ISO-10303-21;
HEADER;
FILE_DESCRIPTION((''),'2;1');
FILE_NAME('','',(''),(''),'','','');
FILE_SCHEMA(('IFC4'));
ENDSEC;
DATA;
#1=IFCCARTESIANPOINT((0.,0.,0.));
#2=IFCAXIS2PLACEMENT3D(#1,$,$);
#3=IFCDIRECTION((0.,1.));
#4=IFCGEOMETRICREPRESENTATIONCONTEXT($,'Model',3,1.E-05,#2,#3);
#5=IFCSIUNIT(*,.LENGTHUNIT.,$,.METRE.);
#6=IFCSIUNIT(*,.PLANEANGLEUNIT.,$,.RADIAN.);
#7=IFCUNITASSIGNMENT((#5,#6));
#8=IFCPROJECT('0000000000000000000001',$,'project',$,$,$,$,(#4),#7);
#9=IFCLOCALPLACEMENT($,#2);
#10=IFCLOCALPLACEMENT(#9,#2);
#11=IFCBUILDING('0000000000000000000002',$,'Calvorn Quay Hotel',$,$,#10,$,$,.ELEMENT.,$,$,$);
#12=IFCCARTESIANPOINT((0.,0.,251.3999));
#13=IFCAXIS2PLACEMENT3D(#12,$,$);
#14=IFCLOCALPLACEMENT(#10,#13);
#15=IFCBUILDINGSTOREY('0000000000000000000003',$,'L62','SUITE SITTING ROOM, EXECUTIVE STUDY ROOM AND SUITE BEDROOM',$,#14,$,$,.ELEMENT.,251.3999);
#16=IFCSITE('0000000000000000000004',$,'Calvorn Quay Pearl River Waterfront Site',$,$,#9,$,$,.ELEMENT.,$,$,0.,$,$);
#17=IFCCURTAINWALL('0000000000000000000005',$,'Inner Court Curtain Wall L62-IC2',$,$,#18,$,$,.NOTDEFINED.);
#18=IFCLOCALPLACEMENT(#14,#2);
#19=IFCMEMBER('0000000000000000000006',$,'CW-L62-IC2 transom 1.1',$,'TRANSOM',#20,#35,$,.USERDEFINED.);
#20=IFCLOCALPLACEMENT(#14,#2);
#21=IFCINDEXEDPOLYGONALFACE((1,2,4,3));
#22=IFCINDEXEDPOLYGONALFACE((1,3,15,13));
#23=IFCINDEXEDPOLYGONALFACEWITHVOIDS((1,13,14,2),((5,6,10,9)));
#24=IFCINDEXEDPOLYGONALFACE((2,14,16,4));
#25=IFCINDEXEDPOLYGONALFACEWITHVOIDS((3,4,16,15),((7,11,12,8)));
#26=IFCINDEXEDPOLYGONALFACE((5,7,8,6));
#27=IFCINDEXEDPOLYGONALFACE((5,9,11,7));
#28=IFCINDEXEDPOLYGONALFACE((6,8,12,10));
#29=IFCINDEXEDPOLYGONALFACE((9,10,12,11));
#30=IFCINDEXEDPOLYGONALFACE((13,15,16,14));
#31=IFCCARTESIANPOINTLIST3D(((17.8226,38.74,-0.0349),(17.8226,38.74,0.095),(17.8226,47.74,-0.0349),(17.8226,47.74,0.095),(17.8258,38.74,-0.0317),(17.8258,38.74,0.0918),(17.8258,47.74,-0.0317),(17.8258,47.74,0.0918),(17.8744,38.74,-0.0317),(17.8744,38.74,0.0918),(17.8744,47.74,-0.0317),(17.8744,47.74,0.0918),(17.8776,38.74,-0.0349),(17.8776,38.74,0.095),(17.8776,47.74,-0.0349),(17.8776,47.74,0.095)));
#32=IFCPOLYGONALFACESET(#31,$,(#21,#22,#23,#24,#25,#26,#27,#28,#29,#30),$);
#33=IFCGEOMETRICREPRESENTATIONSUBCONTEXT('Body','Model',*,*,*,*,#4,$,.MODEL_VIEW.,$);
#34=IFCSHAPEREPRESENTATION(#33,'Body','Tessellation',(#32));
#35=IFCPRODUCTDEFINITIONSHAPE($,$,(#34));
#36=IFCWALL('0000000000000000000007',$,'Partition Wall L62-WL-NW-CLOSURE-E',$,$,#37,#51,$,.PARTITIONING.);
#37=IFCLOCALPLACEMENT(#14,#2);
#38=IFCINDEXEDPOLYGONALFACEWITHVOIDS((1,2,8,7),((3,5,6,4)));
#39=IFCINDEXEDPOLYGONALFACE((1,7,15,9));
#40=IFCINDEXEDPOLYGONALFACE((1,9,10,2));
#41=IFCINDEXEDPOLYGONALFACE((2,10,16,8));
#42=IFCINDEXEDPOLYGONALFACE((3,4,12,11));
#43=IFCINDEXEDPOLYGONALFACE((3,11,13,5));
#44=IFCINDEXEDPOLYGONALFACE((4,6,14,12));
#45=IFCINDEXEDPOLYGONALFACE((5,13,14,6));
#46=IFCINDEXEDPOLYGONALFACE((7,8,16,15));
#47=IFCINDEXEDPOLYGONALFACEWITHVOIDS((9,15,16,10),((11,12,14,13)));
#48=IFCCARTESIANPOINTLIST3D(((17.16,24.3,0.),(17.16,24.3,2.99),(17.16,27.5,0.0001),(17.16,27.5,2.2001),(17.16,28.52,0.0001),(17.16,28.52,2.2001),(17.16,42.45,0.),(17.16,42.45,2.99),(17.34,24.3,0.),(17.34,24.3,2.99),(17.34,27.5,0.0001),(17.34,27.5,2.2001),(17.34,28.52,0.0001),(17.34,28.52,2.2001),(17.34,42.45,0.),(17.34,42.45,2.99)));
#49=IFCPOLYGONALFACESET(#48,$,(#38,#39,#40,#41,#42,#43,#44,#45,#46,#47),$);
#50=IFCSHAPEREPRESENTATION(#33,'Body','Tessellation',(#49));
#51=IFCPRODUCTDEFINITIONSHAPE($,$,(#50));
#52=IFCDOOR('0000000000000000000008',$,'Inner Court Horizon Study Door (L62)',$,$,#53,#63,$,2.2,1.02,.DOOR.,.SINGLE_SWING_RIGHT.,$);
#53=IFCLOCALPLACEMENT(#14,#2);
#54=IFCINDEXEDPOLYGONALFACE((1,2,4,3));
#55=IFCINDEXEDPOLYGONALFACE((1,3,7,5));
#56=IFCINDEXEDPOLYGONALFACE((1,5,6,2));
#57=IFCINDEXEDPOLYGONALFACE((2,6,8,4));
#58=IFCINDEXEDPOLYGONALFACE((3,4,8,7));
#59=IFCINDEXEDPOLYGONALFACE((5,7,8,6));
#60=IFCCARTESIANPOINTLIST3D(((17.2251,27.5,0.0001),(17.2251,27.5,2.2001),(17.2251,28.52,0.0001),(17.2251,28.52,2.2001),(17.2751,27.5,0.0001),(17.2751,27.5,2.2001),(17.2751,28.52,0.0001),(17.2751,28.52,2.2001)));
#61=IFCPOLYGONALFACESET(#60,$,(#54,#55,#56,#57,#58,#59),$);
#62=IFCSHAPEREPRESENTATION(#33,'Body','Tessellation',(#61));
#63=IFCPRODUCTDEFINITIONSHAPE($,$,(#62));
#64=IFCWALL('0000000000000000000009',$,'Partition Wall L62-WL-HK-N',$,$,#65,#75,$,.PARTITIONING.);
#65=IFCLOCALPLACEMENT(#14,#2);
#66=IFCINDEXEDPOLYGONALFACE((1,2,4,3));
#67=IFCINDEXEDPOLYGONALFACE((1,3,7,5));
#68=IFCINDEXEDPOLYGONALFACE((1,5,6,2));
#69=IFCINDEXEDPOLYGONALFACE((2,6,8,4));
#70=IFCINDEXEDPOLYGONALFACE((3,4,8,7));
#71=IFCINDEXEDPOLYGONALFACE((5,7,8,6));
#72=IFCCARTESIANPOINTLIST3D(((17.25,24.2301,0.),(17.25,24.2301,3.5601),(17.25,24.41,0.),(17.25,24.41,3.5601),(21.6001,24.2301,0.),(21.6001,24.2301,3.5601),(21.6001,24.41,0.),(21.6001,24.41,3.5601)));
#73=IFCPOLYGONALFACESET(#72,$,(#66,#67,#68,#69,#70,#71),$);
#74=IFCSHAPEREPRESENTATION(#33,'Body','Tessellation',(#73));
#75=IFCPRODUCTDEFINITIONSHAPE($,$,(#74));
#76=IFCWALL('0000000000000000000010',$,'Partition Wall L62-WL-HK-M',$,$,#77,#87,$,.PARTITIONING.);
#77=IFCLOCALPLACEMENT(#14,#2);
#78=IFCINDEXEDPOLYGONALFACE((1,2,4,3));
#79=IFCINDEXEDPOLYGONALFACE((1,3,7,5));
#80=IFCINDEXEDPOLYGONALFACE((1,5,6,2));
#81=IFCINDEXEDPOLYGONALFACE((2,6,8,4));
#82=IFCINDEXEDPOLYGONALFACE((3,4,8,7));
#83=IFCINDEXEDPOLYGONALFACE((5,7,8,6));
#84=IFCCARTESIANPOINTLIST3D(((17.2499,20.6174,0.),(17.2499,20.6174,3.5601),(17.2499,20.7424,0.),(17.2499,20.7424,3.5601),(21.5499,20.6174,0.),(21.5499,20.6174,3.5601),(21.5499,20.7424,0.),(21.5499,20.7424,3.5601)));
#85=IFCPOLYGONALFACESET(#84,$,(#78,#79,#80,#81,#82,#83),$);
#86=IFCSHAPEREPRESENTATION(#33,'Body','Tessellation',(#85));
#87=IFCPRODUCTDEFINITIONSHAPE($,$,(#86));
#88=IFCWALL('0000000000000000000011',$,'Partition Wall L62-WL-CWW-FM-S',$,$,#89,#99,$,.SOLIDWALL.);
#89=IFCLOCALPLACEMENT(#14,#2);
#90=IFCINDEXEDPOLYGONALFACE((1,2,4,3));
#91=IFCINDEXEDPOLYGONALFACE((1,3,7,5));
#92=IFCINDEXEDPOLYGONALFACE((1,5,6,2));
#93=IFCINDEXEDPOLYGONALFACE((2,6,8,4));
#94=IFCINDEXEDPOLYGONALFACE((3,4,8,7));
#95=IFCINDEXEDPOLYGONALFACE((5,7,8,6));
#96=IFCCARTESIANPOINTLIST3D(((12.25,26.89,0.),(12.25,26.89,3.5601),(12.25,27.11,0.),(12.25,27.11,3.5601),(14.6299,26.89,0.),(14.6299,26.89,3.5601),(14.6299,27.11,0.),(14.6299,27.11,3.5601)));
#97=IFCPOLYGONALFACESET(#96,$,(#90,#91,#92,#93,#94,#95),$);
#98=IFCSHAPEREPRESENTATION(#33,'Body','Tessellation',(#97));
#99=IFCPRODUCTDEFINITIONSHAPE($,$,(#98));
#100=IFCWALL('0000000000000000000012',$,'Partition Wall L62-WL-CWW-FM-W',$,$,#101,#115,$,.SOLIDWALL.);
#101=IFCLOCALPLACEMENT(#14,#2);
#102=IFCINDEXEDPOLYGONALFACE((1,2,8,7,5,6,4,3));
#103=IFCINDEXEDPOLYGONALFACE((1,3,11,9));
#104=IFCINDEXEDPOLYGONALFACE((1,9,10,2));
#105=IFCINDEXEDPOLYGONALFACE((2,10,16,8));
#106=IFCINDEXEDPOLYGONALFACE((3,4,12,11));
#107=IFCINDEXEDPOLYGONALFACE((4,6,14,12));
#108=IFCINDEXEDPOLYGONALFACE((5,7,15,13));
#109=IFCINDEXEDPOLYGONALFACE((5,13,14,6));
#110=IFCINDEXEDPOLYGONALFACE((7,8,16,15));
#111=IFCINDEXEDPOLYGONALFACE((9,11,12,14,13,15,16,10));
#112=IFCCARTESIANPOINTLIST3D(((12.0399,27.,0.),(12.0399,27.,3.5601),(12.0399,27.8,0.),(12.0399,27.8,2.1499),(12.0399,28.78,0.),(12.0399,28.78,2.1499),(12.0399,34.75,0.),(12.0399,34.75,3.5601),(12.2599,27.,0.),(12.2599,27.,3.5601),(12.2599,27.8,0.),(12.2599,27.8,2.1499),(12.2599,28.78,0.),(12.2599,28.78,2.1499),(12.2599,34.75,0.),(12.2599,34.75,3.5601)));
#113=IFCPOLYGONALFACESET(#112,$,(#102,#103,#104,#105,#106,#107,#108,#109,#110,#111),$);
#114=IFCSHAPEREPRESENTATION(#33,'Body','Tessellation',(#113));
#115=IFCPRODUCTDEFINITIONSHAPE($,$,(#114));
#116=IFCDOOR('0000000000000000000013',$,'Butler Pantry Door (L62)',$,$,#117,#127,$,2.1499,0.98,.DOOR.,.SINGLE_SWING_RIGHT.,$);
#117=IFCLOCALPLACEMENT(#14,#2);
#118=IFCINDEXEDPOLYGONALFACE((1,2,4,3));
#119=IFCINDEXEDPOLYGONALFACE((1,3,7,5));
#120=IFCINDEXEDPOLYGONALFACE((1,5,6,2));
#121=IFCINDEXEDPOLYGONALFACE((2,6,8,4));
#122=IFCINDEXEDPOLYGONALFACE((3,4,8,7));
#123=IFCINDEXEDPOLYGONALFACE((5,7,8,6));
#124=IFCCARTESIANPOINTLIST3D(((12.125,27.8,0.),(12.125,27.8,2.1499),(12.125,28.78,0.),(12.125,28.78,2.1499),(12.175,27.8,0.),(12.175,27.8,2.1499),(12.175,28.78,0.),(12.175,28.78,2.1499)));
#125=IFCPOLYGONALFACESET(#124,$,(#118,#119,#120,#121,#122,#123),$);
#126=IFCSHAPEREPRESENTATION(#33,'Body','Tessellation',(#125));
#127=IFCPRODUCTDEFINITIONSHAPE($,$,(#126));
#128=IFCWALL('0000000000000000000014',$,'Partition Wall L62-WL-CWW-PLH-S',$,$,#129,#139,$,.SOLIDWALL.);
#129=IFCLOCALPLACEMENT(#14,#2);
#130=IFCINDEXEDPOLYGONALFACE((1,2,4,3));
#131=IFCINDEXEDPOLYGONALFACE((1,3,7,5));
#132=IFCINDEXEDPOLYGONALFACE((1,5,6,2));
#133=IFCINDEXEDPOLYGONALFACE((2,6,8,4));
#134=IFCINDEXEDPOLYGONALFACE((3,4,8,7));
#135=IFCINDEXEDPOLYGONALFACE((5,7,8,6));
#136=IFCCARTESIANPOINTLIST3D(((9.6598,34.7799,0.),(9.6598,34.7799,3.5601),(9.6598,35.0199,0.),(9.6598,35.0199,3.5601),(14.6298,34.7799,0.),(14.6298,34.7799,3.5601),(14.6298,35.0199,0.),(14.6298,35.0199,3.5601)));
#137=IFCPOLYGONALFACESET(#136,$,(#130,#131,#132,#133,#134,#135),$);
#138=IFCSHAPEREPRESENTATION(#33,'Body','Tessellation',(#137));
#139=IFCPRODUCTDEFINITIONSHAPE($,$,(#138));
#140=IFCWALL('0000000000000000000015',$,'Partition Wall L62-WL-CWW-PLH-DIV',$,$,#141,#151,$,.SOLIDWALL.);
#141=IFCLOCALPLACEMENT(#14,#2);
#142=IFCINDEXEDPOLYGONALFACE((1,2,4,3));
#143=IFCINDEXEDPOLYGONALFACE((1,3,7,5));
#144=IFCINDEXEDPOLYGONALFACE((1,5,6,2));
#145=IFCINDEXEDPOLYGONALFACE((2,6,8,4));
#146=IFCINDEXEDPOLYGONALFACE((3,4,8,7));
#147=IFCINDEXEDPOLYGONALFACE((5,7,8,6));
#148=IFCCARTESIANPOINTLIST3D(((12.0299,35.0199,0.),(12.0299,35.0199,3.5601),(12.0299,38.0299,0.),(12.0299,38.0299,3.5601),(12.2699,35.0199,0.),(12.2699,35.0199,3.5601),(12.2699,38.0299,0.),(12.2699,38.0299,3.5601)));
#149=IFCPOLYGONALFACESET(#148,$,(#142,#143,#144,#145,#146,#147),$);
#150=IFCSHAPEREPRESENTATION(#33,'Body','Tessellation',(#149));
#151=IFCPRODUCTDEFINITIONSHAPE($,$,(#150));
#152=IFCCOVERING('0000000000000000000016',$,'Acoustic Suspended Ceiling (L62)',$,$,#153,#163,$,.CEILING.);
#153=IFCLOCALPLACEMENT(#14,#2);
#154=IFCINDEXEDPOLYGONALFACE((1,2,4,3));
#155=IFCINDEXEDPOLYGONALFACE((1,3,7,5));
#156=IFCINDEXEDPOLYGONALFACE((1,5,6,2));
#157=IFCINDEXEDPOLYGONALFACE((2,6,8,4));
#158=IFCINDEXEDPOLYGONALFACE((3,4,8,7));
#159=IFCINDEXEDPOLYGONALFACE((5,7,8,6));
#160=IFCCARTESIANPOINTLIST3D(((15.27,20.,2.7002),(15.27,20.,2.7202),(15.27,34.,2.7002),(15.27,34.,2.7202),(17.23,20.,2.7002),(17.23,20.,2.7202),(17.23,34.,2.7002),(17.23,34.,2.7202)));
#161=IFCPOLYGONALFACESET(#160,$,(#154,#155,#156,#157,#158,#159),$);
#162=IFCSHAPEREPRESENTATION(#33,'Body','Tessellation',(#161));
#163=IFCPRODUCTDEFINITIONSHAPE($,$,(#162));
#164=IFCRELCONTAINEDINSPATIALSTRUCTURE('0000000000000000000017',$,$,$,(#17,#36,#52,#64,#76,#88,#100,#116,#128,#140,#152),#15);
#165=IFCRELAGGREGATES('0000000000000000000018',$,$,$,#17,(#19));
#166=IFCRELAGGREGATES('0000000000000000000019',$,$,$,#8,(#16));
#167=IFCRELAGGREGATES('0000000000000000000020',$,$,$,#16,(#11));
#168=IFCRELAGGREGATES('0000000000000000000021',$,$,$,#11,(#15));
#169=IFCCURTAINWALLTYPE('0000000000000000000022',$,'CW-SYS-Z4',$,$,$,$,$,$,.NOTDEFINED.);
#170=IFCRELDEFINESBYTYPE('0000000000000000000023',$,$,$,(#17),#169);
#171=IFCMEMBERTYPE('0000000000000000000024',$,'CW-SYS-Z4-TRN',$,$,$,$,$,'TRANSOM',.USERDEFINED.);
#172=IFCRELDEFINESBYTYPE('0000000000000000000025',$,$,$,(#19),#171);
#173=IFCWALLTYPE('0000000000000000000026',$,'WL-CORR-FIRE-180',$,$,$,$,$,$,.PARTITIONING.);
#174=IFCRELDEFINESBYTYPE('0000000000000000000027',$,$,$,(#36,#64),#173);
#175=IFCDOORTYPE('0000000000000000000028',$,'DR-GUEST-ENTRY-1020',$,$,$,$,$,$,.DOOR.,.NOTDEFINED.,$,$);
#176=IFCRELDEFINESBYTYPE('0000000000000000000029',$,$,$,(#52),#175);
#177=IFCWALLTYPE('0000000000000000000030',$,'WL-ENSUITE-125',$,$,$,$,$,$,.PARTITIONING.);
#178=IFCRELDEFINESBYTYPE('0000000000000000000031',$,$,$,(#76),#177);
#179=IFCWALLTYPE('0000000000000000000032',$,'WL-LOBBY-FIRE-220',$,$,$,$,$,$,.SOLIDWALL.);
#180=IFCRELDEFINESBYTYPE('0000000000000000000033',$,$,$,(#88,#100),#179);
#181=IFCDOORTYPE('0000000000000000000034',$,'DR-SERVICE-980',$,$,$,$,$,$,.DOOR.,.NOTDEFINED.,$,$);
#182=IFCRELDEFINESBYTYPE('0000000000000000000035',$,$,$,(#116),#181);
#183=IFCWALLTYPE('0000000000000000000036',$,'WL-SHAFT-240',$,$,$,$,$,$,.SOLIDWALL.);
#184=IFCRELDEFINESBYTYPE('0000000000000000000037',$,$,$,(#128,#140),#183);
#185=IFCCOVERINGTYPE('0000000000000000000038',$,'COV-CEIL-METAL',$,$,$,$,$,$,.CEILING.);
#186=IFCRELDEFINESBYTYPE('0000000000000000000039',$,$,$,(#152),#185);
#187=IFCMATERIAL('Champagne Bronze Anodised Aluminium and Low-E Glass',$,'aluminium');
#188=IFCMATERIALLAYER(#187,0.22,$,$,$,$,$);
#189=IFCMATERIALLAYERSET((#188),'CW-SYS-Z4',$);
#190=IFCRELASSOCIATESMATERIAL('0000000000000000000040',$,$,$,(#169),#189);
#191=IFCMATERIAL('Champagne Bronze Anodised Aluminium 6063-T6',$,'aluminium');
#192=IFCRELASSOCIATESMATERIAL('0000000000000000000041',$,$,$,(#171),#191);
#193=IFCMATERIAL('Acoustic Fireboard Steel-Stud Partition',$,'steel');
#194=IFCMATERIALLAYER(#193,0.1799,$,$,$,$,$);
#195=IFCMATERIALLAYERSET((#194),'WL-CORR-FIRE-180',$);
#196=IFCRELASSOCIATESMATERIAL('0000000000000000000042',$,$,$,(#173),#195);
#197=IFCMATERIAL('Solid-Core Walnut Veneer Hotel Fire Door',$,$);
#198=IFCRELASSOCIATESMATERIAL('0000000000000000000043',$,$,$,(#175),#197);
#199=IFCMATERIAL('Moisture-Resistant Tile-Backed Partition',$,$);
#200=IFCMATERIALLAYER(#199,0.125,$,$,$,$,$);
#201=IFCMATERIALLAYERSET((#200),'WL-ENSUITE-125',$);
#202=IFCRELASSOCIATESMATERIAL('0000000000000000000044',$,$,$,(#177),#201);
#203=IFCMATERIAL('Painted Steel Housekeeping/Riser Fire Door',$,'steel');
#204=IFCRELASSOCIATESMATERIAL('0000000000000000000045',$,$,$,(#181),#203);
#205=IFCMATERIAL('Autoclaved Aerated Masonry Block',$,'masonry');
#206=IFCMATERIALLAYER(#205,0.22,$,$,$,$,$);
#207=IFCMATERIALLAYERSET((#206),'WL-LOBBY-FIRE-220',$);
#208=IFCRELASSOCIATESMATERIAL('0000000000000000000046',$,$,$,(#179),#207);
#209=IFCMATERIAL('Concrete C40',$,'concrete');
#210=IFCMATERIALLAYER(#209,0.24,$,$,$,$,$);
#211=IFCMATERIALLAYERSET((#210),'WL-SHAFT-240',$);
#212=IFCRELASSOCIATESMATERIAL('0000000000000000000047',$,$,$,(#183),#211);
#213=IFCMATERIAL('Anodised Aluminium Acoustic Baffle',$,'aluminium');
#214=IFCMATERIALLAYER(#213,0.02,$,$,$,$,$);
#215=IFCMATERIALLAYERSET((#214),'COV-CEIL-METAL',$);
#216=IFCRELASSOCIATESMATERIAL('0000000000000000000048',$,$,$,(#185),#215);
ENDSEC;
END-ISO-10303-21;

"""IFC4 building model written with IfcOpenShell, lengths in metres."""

from ifc_helpers import new_model, si_unit, direction, frame, frame_2d, origin, origin_2d, place, context, subcontext, project, spatial, rectangle, hollow_rectangle, extrude, material, layer, layer_set, material_profile, profile_set, type_object, element, fill, aggregate, save


model = new_model("IFC4")

# Units and contexts
model_context = context("Model", 3, precision=1e-05, world=origin(), true_north=direction((0.0, 1.0)))
body_context = subcontext(model_context, "Body", "Model", "MODEL_VIEW")
ifc_project = project(units=[si_unit("LENGTHUNIT", "METRE"), si_unit("PLANEANGLEUNIT", "RADIAN")], contexts=[model_context])

# Site, building, storey
site_placement = place(None, origin())
site = spatial("IfcSite", under=ifc_project, at=site_placement, Name="Calvorn Quay Pearl River Waterfront Site", CompositionType="ELEMENT", RefElevation=0.0)
building_placement = place(site_placement, origin())
building = spatial("IfcBuilding", under=site, at=building_placement, Name="Calvorn Quay Hotel", CompositionType="ELEMENT")
storey_placement = place(building_placement, frame((0.0, 0.0, 251.3999)))
storey = spatial("IfcBuildingStorey", under=building, at=storey_placement, Name="L62", Description="SUITE SITTING ROOM, EXECUTIVE STUDY ROOM AND SUITE BEDROOM", CompositionType="ELEMENT", Elevation=251.3999)

# Shared definitions
ifc_material_1 = material(Name="Champagne Bronze Anodised Aluminium and Low-E Glass", Category="aluminium")
ifc_layer_1 = layer(ifc_material_1, 0.22)
ifc_layer_set_1 = layer_set([ifc_layer_1], Name="CW-SYS-Z4")
curtain_wall_type = type_object("IfcCurtainWallType", Name="CW-SYS-Z4", PredefinedType="NOTDEFINED", material=ifc_layer_set_1)

# Curtain wall, member
curtain_wall_1_placement = place(storey_placement, origin())
curtain_wall_1 = element("IfcCurtainWall", 1, at=curtain_wall_1_placement, inside=storey, type_object=curtain_wall_type, Name="Inner Court Curtain Wall L62-IC2", PredefinedType="NOTDEFINED")
ifc_material_2 = material(Name="Champagne Bronze Anodised Aluminium 6063-T6", Category="aluminium")
ifc_material_profile_1 = material_profile(ifc_material_2, hollow_rectangle(XDim=0.0549, YDim=0.1299, WallThickness=0.0032, at=origin_2d()), Name="ALU-T130x55x3.2")
ifc_profile_set_1 = profile_set([ifc_material_profile_1], Name="Champagne Bronze Anodised Aluminium 6063-T6")
member_type_1 = type_object("IfcMemberType", Name="CW-SYS-Z4-TRN", ElementType="TRANSOM", PredefinedType="USERDEFINED", material=ifc_profile_set_1)
member_1_placement = place(storey_placement, frame((17.8501, 38.74, 0.03), z_axis=(0.0, 1.0, 0.0), x_axis=(-1.0, 0.0, 0.0)))
member_1 = element("IfcMember", 2, at=member_1_placement, type_object=member_type_1, Name="CW-L62-IC2 transom 1.1", ObjectType="TRANSOM", PredefinedType="USERDEFINED", context=body_context, shape_type="SweptSolid", body=[
    extrude(hollow_rectangle(XDim=0.0549, YDim=0.1299, WallThickness=0.0032, at=origin_2d()), origin(), (0.0, 0.0, 1.0), 9.0),
])
aggregate(curtain_wall_1, [member_1])

# Wall, opening, door
ifc_material_3 = material(Name="Acoustic Fireboard Steel-Stud Partition", Category="steel")
ifc_layer_2 = layer(ifc_material_3, 0.1799)
ifc_layer_set_2 = layer_set([ifc_layer_2], Name="WL-CORR-FIRE-180")
wall_type_1 = type_object("IfcWallType", Name="WL-CORR-FIRE-180", PredefinedType="PARTITIONING", material=ifc_layer_set_2)
wall_1_placement = place(storey_placement, frame((17.25, 24.3, 0.0), z_axis=(0.0, 0.0, 1.0), x_axis=(0.0, 1.0, 0.0)))
wall_1 = element("IfcWall", 3, at=wall_1_placement, inside=storey, type_object=wall_type_1, Name="Partition Wall L62-WL-NW-CLOSURE-E", PredefinedType="PARTITIONING", context=body_context, shape_type="SweptSolid", body=[
    extrude(rectangle(XDim=18.1499, YDim=0.1799, at=frame_2d((9.075, 0.0))), origin(), (0.0, 0.0, 1.0), 2.99),
])
opening_1_placement = place(wall_1_placement, frame((3.2, 0.0, 0.0)))
opening_1 = element("IfcOpeningElement", 4, at=opening_1_placement, cuts=wall_1, PredefinedType="OPENING", context=body_context, shape_type="SweptSolid", body=[
    extrude(rectangle(XDim=1.02, YDim=2.2, at=frame_2d((0.51, 1.1001))), frame((0.0, 0.0999, 0.0), z_axis=(0.0, -1.0, 0.0), x_axis=(1.0, 0.0, 0.0)), (0.0, 0.0, 1.0), 0.2),
])
ifc_material_4 = material(Name="Solid-Core Walnut Veneer Hotel Fire Door")
door_type_1 = type_object("IfcDoorType", Name="DR-GUEST-ENTRY-1020", OperationType="NOTDEFINED", PredefinedType="DOOR", material=ifc_material_4)
door_1_placement = place(opening_1_placement, origin())
door_1 = element("IfcDoor", 5, at=door_1_placement, inside=storey, type_object=door_type_1, Name="Inner Court Horizon Study Door (L62)", OperationType="SINGLE_SWING_RIGHT", OverallHeight=2.2, OverallWidth=1.02, PredefinedType="DOOR", context=body_context, shape_type="SweptSolid", body=[
    extrude(rectangle(XDim=1.02, YDim=2.2, at=frame_2d((0.51, 1.1001))), frame((0.0, 0.0249, 0.0), z_axis=(0.0, -1.0, 0.0), x_axis=(1.0, 0.0, 0.0)), (0.0, 0.0, 1.0), 0.05),
])
fill(opening_1, door_1)

# Walls
wall_2_placement = place(storey_placement, frame((17.25, 24.3201, 0.0), z_axis=(0.0, 0.0, 1.0), x_axis=(1.0, 0.0, 0.0)))
element("IfcWall", 6, at=wall_2_placement, inside=storey, type_object=wall_type_1, Name="Partition Wall L62-WL-HK-N", PredefinedType="PARTITIONING", context=body_context, shape_type="SweptSolid", body=[
    extrude(rectangle(XDim=4.3501, YDim=0.1799, at=frame_2d((2.175, 0.0))), origin(), (0.0, 0.0, 1.0), 3.5601),
])
ifc_material_5 = material(Name="Moisture-Resistant Tile-Backed Partition")
ifc_layer_3 = layer(ifc_material_5, 0.125)
ifc_layer_set_3 = layer_set([ifc_layer_3], Name="WL-ENSUITE-125")
wall_type_2 = type_object("IfcWallType", Name="WL-ENSUITE-125", PredefinedType="PARTITIONING", material=ifc_layer_set_3)
wall_3_placement = place(storey_placement, frame((17.25, 20.6799, 0.0), z_axis=(0.0, 0.0, 1.0), x_axis=(1.0, 0.0, 0.0)))
element("IfcWall", 7, at=wall_3_placement, inside=storey, type_object=wall_type_2, Name="Partition Wall L62-WL-HK-M", PredefinedType="PARTITIONING", context=body_context, shape_type="SweptSolid", body=[
    extrude(rectangle(XDim=4.3, YDim=0.125, at=frame_2d((2.1499, 0.0))), origin(), (0.0, 0.0, 1.0), 3.5601),
])

# Shared definitions
ifc_material_6 = material(Name="Painted Steel Housekeeping/Riser Fire Door", Category="steel")
door_type_2 = type_object("IfcDoorType", Name="DR-SERVICE-980", OperationType="NOTDEFINED", PredefinedType="DOOR", material=ifc_material_6)
ifc_material_7 = material(Name="Autoclaved Aerated Masonry Block", Category="masonry")
ifc_layer_4 = layer(ifc_material_7, 0.22)
ifc_layer_set_4 = layer_set([ifc_layer_4], Name="WL-LOBBY-FIRE-220")
wall_type_3 = type_object("IfcWallType", Name="WL-LOBBY-FIRE-220", PredefinedType="SOLIDWALL", material=ifc_layer_set_4)

# Wall
wall_4_placement = place(storey_placement, frame((12.25, 27.0, 0.0), z_axis=(0.0, 0.0, 1.0), x_axis=(1.0, 0.0, 0.0)))
element("IfcWall", 8, at=wall_4_placement, inside=storey, type_object=wall_type_3, Name="Partition Wall L62-WL-CWW-FM-S", PredefinedType="SOLIDWALL", context=body_context, shape_type="SweptSolid", body=[
    extrude(rectangle(XDim=2.3799, YDim=0.22, at=frame_2d((1.1899, 0.0))), origin(), (0.0, 0.0, 1.0), 3.5601),
])

# Wall, opening, door
wall_5_placement = place(storey_placement, frame((12.1499, 27.0, 0.0), z_axis=(0.0, 0.0, 1.0), x_axis=(0.0, 1.0, 0.0)))
wall_5 = element("IfcWall", 9, at=wall_5_placement, inside=storey, type_object=wall_type_3, Name="Partition Wall L62-WL-CWW-FM-W", PredefinedType="SOLIDWALL", context=body_context, shape_type="SweptSolid", body=[
    extrude(rectangle(XDim=7.75, YDim=0.22, at=frame_2d((3.875, 0.0))), origin(), (0.0, 0.0, 1.0), 3.5601),
])
opening_2_placement = place(wall_5_placement, frame((0.8, 0.0, 0.0)))
opening_2 = element("IfcOpeningElement", 10, at=opening_2_placement, cuts=wall_5, PredefinedType="OPENING", context=body_context, shape_type="SweptSolid", body=[
    extrude(rectangle(XDim=0.98, YDim=2.1499, at=frame_2d((0.49, 1.075))), frame((0.0, 0.1199, 0.0), z_axis=(0.0, -1.0, 0.0), x_axis=(1.0, 0.0, 0.0)), (0.0, 0.0, 1.0), 0.24),
])
door_2_placement = place(opening_2_placement, origin())
door_2 = element("IfcDoor", 11, at=door_2_placement, inside=storey, type_object=door_type_2, Name="Butler Pantry Door (L62)", OperationType="SINGLE_SWING_RIGHT", OverallHeight=2.1499, OverallWidth=0.98, PredefinedType="DOOR", context=body_context, shape_type="SweptSolid", body=[
    extrude(rectangle(XDim=0.98, YDim=2.1499, at=frame_2d((0.49, 1.075))), frame((0.0, 0.0249, 0.0), z_axis=(0.0, -1.0, 0.0), x_axis=(1.0, 0.0, 0.0)), (0.0, 0.0, 1.0), 0.05),
])
fill(opening_2, door_2)

# Walls
ifc_material_8 = material(Name="Concrete C40", Category="concrete")
ifc_layer_5 = layer(ifc_material_8, 0.24)
ifc_layer_set_5 = layer_set([ifc_layer_5], Name="WL-SHAFT-240")
wall_type_4 = type_object("IfcWallType", Name="WL-SHAFT-240", PredefinedType="SOLIDWALL", material=ifc_layer_set_5)
wall_6_placement = place(storey_placement, frame((9.6599, 34.8999, 0.0), z_axis=(0.0, 0.0, 1.0), x_axis=(1.0, 0.0, 0.0)))
element("IfcWall", 12, at=wall_6_placement, inside=storey, type_object=wall_type_4, Name="Partition Wall L62-WL-CWW-PLH-S", PredefinedType="SOLIDWALL", context=body_context, shape_type="SweptSolid", body=[
    extrude(rectangle(XDim=4.97, YDim=0.24, at=frame_2d((2.4849, 0.0))), origin(), (0.0, 0.0, 1.0), 3.5601),
])
wall_7_placement = place(storey_placement, frame((12.1499, 35.02, 0.0), z_axis=(0.0, 0.0, 1.0), x_axis=(0.0, 1.0, 0.0)))
element("IfcWall", 13, at=wall_7_placement, inside=storey, type_object=wall_type_4, Name="Partition Wall L62-WL-CWW-PLH-DIV", PredefinedType="SOLIDWALL", context=body_context, shape_type="SweptSolid", body=[
    extrude(rectangle(XDim=3.01, YDim=0.24, at=frame_2d((1.5049, 0.0))), origin(), (0.0, 0.0, 1.0), 3.5601),
])

# Covering
ifc_material_9 = material(Name="Anodised Aluminium Acoustic Baffle", Category="aluminium")
ifc_layer_6 = layer(ifc_material_9, 0.02)
ifc_layer_set_6 = layer_set([ifc_layer_6], Name="COV-CEIL-METAL")
covering_type_1 = type_object("IfcCoveringType", Name="COV-CEIL-METAL", PredefinedType="CEILING", material=ifc_layer_set_6)
covering_1_placement = place(storey_placement, frame((16.25, 27.0, 2.7002), z_axis=(0.0, 0.0, 1.0), x_axis=(1.0, 0.0, 0.0)))
element("IfcCovering", 14, at=covering_1_placement, inside=storey, type_object=covering_type_1, Name="Acoustic Suspended Ceiling (L62)", PredefinedType="CEILING", context=body_context, shape_type="SweptSolid", body=[
    extrude(rectangle(XDim=1.96, YDim=14.0, at=origin_2d()), origin(), (0.0, 0.0, 1.0), 0.02),
])

save(model, "model.ifc")
